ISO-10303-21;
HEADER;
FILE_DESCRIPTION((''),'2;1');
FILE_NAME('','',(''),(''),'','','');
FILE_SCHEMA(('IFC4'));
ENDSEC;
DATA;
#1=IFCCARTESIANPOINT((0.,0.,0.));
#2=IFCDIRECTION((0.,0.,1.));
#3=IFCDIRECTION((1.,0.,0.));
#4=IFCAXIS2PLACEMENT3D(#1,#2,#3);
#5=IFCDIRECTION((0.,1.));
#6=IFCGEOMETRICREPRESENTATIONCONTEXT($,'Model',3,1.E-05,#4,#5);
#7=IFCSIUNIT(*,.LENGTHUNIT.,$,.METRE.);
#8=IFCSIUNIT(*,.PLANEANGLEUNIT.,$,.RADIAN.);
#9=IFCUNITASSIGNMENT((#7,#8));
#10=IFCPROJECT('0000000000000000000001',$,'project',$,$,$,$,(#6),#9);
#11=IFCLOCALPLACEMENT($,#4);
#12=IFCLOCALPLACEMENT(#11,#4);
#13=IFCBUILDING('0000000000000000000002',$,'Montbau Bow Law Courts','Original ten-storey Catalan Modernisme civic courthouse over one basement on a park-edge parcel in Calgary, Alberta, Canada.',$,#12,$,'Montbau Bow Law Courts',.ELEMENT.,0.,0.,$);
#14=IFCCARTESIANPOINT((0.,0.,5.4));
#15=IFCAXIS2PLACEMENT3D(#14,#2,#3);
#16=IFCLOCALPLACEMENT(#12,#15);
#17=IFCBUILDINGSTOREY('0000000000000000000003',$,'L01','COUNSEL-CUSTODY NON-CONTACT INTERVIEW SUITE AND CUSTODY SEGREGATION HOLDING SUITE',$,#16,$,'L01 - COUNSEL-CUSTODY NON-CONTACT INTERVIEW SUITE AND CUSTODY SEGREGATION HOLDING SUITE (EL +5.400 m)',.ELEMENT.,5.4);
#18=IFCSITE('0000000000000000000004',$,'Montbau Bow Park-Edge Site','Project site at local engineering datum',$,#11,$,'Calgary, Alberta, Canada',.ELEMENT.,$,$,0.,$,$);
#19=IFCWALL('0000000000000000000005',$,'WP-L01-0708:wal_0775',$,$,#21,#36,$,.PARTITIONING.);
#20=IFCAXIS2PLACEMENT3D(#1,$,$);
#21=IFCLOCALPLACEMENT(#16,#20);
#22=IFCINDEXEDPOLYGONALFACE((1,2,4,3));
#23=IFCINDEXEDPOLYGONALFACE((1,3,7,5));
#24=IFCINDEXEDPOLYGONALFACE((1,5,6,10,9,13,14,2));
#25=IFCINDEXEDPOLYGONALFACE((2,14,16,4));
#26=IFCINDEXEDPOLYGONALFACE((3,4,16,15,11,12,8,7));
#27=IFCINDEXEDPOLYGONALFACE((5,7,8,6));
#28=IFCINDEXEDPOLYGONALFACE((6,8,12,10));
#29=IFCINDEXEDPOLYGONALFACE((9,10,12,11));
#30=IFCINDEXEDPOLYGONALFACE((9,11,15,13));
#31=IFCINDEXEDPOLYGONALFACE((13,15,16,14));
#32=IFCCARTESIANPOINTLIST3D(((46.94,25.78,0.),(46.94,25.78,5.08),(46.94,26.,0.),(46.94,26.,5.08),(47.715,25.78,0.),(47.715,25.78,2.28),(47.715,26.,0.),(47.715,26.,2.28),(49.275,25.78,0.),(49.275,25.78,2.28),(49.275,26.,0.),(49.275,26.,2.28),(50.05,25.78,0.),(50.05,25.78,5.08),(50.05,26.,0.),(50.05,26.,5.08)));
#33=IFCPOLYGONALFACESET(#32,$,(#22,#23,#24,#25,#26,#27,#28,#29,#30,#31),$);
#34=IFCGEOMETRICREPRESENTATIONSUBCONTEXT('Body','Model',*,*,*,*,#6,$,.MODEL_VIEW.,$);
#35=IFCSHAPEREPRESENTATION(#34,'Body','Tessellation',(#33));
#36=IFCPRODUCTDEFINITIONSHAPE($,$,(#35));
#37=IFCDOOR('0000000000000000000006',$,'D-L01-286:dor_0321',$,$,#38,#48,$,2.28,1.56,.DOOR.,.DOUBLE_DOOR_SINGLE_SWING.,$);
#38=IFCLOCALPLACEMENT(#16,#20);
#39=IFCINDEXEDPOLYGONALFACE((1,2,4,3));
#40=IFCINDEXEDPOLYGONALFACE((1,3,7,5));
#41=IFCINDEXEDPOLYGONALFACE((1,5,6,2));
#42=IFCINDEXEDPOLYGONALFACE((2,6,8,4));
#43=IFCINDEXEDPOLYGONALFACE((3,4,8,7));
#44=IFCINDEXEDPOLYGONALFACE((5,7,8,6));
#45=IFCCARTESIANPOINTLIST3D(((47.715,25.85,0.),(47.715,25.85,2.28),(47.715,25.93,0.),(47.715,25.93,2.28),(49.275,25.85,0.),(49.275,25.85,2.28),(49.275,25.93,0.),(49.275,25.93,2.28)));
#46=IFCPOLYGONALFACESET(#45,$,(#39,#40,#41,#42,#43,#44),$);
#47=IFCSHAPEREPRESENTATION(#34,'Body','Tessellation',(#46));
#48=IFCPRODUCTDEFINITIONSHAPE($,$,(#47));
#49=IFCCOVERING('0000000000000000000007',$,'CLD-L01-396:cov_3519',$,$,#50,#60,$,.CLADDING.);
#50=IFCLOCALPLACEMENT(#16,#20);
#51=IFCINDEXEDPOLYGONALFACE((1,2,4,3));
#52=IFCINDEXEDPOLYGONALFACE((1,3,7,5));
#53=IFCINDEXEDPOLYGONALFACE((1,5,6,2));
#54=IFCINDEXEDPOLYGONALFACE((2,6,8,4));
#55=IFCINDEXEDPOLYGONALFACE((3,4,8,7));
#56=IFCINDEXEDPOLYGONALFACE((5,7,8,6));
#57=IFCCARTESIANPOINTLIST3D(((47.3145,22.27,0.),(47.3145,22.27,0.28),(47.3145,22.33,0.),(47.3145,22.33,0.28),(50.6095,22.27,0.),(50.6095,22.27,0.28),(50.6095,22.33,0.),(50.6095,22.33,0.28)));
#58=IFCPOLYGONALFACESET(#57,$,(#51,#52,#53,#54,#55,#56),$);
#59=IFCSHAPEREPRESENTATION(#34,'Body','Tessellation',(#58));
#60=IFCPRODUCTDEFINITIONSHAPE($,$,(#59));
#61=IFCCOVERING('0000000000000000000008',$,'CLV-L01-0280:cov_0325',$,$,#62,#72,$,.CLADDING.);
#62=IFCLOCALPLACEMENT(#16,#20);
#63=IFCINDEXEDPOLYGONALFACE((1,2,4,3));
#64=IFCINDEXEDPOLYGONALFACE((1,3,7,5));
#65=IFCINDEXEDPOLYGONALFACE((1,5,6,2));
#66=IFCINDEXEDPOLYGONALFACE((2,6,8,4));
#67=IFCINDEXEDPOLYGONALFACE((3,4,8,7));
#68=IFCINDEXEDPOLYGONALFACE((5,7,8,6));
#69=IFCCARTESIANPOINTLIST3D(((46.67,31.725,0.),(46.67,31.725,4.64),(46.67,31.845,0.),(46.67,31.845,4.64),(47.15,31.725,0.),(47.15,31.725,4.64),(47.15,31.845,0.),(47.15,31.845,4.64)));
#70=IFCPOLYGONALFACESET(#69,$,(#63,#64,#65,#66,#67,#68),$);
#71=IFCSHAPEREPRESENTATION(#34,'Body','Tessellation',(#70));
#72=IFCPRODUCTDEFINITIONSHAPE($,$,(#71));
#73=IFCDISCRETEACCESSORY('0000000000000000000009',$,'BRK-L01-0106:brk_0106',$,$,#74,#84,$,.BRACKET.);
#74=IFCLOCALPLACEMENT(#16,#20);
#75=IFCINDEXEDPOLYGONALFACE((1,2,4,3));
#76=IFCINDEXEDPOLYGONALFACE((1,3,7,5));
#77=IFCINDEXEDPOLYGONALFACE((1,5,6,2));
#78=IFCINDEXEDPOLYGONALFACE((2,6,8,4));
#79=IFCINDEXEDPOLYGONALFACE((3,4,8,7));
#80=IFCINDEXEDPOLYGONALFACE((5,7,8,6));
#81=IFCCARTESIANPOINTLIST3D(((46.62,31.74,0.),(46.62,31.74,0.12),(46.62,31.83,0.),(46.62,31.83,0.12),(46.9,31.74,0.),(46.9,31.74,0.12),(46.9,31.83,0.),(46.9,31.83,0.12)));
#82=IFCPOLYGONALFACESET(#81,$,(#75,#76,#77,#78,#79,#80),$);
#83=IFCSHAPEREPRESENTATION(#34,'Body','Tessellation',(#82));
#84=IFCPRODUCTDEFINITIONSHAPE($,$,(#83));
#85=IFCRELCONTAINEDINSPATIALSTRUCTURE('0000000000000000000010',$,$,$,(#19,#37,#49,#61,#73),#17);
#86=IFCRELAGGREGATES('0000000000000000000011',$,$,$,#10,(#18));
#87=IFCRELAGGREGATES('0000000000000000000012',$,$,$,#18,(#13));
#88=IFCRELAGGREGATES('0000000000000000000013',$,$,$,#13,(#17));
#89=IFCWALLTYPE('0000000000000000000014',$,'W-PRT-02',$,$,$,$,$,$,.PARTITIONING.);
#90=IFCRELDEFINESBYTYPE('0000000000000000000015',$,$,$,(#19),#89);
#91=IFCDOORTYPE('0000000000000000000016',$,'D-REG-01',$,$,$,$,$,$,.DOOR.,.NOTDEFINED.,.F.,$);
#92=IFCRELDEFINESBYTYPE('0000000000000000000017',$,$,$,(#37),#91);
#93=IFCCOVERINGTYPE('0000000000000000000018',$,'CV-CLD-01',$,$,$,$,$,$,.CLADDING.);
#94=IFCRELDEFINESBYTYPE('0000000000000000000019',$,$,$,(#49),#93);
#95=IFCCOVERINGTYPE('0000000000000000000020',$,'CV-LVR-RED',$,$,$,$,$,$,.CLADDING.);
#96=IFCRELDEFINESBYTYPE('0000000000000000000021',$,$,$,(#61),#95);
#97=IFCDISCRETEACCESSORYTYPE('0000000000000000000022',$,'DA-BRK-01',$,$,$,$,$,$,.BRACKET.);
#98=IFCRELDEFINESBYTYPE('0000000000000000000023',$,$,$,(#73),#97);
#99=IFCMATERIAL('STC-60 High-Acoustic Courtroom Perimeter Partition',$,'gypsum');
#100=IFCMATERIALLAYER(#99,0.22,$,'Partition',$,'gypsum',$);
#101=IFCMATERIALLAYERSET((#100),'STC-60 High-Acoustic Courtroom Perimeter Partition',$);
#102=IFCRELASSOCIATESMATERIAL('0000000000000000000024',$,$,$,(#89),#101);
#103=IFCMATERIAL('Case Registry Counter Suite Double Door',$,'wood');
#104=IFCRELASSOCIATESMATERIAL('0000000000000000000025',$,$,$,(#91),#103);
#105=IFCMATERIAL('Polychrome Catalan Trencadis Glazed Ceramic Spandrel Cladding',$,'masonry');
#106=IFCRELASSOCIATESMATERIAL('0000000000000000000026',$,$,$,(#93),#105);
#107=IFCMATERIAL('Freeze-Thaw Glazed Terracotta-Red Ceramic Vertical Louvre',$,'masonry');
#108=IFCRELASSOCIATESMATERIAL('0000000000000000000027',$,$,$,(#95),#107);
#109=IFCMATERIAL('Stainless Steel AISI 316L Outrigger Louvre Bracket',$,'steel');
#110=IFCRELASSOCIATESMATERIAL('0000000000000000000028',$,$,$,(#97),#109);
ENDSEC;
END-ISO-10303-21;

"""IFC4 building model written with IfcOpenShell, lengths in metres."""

from ifc_helpers import new_model, si_unit, direction, frame, frame_2d, origin_with_axes, origin_2d_with_axis, place, context, subcontext, project, spatial, rectangle, extrude, material, layer, layer_set, type_object, element, fill, save


model = new_model("IFC4")

# Units and contexts
model_context = context("Model", 3, precision=1e-05, world=origin_with_axes(), true_north=direction((0.0, 1.0)))
body_context = subcontext(model_context, "Body", "Model", "MODEL_VIEW")
ifc_project = project(units=[si_unit("LENGTHUNIT", "METRE"), si_unit("PLANEANGLEUNIT", "RADIAN")], contexts=[model_context])

# Site, building, storey
site_placement = place(None, origin_with_axes())
site = spatial("IfcSite", under=ifc_project, at=site_placement, Name="Montbau Bow Park-Edge Site", Description="Project site at local engineering datum", LongName="Calgary, Alberta, Canada", CompositionType="ELEMENT", RefElevation=0.0)
building_placement = place(site_placement, origin_with_axes())
building = spatial("IfcBuilding", under=site, at=building_placement, Name="Montbau Bow Law Courts", Description="Original ten-storey Catalan Modernisme civic courthouse over one basement on a park-edge parcel in Calgary, Alberta, Canada.", LongName="Montbau Bow Law Courts", CompositionType="ELEMENT", ElevationOfRefHeight=0.0, ElevationOfTerrain=0.0)
storey_placement = place(building_placement, frame((0.0, 0.0, 5.4), z_axis=(0.0, 0.0, 1.0), x_axis=(1.0, 0.0, 0.0)))
storey = spatial("IfcBuildingStorey", under=building, at=storey_placement, Name="L01", Description="COUNSEL-CUSTODY NON-CONTACT INTERVIEW SUITE AND CUSTODY SEGREGATION HOLDING SUITE", LongName="L01 - COUNSEL-CUSTODY NON-CONTACT INTERVIEW SUITE AND CUSTODY SEGREGATION HOLDING SUITE (EL +5.400 m)", CompositionType="ELEMENT", Elevation=5.4)

# Wall, opening, door
ifc_material_1 = material(Name="STC-60 High-Acoustic Courtroom Perimeter Partition", Category="gypsum")
ifc_layer_1 = layer(ifc_material_1, 0.22, Name="Partition", Category="gypsum")
ifc_layer_set_1 = layer_set([ifc_layer_1], Name="STC-60 High-Acoustic Courtroom Perimeter Partition")
wall_type = type_object("IfcWallType", Name="W-PRT-02", PredefinedType="PARTITIONING", material=ifc_layer_set_1)
wall_placement = place(None, frame((46.94, 25.89, 5.4), z_axis=(0.0, 0.0, 1.0), x_axis=(1.0, 0.0, 0.0)))
wall = element("IfcWall", 1, at=wall_placement, inside=storey, type_object=wall_type, Name="WP-L01-0708:wal_0775", PredefinedType="PARTITIONING", context=body_context, shape_type="SweptSolid", body=[
    extrude(rectangle(XDim=3.11, YDim=0.22, at=frame_2d((1.555, 0.0), x_axis=(1.0, 0.0))), origin_with_axes(), (0.0, 0.0, 1.0), 5.08),
])
opening_placement = place(None, frame((48.495, 25.89, 5.4), z_axis=(0.0, 0.0, 1.0), x_axis=(1.0, 0.0, 0.0)))
opening = element("IfcOpeningElement", 2, at=opening_placement, cuts=wall, PredefinedType="OPENING", context=body_context, shape_type="SweptSolid", body=[
    extrude(rectangle(XDim=1.56, YDim=2.28, at=frame_2d((0.0, 1.14), x_axis=(1.0, 0.0))), frame((0.0, 0.12, 0.0), z_axis=(0.0, -1.0, 0.0), x_axis=(1.0, 0.0, 0.0)), (0.0, 0.0, 1.0), 0.24),
])
ifc_material_2 = material(Name="Case Registry Counter Suite Double Door", Category="wood")
door_type = type_object("IfcDoorType", Name="D-REG-01", OperationType="NOTDEFINED", ParameterTakesPrecedence=False, PredefinedType="DOOR", material=ifc_material_2)
door_placement = place(None, frame((48.495, 25.89, 5.4), z_axis=(0.0, 0.0, 1.0), x_axis=(-1.0, 0.0, 0.0)))
door = element("IfcDoor", 3, at=door_placement, inside=storey, type_object=door_type, Name="D-L01-286:dor_0321", OperationType="DOUBLE_DOOR_SINGLE_SWING", OverallHeight=2.28, OverallWidth=1.56, PredefinedType="DOOR", context=body_context, shape_type="SweptSolid", body=[
    extrude(rectangle(XDim=1.56, YDim=2.28, at=frame_2d((0.0, 1.14), x_axis=(1.0, 0.0))), frame((0.0, 0.04, 0.0), z_axis=(0.0, -1.0, 0.0), x_axis=(1.0, 0.0, 0.0)), (0.0, 0.0, 1.0), 0.08),
])
fill(opening, door)

# Coverings
ifc_material_3 = material(Name="Polychrome Catalan Trencadis Glazed Ceramic Spandrel Cladding", Category="masonry")
covering_type_1 = type_object("IfcCoveringType", Name="CV-CLD-01", PredefinedType="CLADDING", material=ifc_material_3)
covering_1_placement = place(None, frame((48.962, 22.3, 5.4), z_axis=(0.0, 0.0, 1.0), x_axis=(1.0, 0.0, 0.0)))
element("IfcCovering", 4, at=covering_1_placement, inside=storey, type_object=covering_type_1, Name="CLD-L01-396:cov_3519", PredefinedType="CLADDING", context=body_context, shape_type="SweptSolid", body=[
    extrude(rectangle(XDim=3.295, YDim=0.06, at=origin_2d_with_axis()), origin_with_axes(), (0.0, 0.0, 1.0), 0.28),
])
ifc_material_4 = material(Name="Freeze-Thaw Glazed Terracotta-Red Ceramic Vertical Louvre", Category="masonry")
covering_type_2 = type_object("IfcCoveringType", Name="CV-LVR-RED", PredefinedType="CLADDING", material=ifc_material_4)
covering_2_placement = place(None, frame((46.67, 31.785, 5.4), z_axis=(0.0, -1.0, 0.0), x_axis=(1.0, 0.0, 0.0)))
element("IfcCovering", 5, at=covering_2_placement, inside=storey, type_object=covering_type_2, Name="CLV-L01-0280:cov_0325", PredefinedType="CLADDING", context=body_context, shape_type="SweptSolid", body=[
    extrude(rectangle(XDim=0.48, YDim=4.64, at=frame_2d((0.24, 2.32), x_axis=(1.0, 0.0))), frame((0.0, 0.0, -0.06), z_axis=(0.0, 0.0, 1.0), x_axis=(1.0, 0.0, 0.0)), (0.0, 0.0, 1.0), 0.12),
])

# Discrete accessory
ifc_material_5 = material(Name="Stainless Steel AISI 316L Outrigger Louvre Bracket", Category="steel")
discrete_accessory_type = type_object("IfcDiscreteAccessoryType", Name="DA-BRK-01", PredefinedType="BRACKET", material=ifc_material_5)
discrete_accessory_placement = place(None, frame((46.76, 31.785, 5.4), z_axis=(0.0, 0.0, 1.0), x_axis=(1.0, 0.0, 0.0)))
element("IfcDiscreteAccessory", 6, at=discrete_accessory_placement, inside=storey, type_object=discrete_accessory_type, Name="BRK-L01-0106:brk_0106", PredefinedType="BRACKET", context=body_context, shape_type="SweptSolid", body=[
    extrude(rectangle(XDim=0.28, YDim=0.09, at=origin_2d_with_axis()), origin_with_axes(), (0.0, 0.0, 1.0), 0.12),
])

save(model, "model.ifc")
